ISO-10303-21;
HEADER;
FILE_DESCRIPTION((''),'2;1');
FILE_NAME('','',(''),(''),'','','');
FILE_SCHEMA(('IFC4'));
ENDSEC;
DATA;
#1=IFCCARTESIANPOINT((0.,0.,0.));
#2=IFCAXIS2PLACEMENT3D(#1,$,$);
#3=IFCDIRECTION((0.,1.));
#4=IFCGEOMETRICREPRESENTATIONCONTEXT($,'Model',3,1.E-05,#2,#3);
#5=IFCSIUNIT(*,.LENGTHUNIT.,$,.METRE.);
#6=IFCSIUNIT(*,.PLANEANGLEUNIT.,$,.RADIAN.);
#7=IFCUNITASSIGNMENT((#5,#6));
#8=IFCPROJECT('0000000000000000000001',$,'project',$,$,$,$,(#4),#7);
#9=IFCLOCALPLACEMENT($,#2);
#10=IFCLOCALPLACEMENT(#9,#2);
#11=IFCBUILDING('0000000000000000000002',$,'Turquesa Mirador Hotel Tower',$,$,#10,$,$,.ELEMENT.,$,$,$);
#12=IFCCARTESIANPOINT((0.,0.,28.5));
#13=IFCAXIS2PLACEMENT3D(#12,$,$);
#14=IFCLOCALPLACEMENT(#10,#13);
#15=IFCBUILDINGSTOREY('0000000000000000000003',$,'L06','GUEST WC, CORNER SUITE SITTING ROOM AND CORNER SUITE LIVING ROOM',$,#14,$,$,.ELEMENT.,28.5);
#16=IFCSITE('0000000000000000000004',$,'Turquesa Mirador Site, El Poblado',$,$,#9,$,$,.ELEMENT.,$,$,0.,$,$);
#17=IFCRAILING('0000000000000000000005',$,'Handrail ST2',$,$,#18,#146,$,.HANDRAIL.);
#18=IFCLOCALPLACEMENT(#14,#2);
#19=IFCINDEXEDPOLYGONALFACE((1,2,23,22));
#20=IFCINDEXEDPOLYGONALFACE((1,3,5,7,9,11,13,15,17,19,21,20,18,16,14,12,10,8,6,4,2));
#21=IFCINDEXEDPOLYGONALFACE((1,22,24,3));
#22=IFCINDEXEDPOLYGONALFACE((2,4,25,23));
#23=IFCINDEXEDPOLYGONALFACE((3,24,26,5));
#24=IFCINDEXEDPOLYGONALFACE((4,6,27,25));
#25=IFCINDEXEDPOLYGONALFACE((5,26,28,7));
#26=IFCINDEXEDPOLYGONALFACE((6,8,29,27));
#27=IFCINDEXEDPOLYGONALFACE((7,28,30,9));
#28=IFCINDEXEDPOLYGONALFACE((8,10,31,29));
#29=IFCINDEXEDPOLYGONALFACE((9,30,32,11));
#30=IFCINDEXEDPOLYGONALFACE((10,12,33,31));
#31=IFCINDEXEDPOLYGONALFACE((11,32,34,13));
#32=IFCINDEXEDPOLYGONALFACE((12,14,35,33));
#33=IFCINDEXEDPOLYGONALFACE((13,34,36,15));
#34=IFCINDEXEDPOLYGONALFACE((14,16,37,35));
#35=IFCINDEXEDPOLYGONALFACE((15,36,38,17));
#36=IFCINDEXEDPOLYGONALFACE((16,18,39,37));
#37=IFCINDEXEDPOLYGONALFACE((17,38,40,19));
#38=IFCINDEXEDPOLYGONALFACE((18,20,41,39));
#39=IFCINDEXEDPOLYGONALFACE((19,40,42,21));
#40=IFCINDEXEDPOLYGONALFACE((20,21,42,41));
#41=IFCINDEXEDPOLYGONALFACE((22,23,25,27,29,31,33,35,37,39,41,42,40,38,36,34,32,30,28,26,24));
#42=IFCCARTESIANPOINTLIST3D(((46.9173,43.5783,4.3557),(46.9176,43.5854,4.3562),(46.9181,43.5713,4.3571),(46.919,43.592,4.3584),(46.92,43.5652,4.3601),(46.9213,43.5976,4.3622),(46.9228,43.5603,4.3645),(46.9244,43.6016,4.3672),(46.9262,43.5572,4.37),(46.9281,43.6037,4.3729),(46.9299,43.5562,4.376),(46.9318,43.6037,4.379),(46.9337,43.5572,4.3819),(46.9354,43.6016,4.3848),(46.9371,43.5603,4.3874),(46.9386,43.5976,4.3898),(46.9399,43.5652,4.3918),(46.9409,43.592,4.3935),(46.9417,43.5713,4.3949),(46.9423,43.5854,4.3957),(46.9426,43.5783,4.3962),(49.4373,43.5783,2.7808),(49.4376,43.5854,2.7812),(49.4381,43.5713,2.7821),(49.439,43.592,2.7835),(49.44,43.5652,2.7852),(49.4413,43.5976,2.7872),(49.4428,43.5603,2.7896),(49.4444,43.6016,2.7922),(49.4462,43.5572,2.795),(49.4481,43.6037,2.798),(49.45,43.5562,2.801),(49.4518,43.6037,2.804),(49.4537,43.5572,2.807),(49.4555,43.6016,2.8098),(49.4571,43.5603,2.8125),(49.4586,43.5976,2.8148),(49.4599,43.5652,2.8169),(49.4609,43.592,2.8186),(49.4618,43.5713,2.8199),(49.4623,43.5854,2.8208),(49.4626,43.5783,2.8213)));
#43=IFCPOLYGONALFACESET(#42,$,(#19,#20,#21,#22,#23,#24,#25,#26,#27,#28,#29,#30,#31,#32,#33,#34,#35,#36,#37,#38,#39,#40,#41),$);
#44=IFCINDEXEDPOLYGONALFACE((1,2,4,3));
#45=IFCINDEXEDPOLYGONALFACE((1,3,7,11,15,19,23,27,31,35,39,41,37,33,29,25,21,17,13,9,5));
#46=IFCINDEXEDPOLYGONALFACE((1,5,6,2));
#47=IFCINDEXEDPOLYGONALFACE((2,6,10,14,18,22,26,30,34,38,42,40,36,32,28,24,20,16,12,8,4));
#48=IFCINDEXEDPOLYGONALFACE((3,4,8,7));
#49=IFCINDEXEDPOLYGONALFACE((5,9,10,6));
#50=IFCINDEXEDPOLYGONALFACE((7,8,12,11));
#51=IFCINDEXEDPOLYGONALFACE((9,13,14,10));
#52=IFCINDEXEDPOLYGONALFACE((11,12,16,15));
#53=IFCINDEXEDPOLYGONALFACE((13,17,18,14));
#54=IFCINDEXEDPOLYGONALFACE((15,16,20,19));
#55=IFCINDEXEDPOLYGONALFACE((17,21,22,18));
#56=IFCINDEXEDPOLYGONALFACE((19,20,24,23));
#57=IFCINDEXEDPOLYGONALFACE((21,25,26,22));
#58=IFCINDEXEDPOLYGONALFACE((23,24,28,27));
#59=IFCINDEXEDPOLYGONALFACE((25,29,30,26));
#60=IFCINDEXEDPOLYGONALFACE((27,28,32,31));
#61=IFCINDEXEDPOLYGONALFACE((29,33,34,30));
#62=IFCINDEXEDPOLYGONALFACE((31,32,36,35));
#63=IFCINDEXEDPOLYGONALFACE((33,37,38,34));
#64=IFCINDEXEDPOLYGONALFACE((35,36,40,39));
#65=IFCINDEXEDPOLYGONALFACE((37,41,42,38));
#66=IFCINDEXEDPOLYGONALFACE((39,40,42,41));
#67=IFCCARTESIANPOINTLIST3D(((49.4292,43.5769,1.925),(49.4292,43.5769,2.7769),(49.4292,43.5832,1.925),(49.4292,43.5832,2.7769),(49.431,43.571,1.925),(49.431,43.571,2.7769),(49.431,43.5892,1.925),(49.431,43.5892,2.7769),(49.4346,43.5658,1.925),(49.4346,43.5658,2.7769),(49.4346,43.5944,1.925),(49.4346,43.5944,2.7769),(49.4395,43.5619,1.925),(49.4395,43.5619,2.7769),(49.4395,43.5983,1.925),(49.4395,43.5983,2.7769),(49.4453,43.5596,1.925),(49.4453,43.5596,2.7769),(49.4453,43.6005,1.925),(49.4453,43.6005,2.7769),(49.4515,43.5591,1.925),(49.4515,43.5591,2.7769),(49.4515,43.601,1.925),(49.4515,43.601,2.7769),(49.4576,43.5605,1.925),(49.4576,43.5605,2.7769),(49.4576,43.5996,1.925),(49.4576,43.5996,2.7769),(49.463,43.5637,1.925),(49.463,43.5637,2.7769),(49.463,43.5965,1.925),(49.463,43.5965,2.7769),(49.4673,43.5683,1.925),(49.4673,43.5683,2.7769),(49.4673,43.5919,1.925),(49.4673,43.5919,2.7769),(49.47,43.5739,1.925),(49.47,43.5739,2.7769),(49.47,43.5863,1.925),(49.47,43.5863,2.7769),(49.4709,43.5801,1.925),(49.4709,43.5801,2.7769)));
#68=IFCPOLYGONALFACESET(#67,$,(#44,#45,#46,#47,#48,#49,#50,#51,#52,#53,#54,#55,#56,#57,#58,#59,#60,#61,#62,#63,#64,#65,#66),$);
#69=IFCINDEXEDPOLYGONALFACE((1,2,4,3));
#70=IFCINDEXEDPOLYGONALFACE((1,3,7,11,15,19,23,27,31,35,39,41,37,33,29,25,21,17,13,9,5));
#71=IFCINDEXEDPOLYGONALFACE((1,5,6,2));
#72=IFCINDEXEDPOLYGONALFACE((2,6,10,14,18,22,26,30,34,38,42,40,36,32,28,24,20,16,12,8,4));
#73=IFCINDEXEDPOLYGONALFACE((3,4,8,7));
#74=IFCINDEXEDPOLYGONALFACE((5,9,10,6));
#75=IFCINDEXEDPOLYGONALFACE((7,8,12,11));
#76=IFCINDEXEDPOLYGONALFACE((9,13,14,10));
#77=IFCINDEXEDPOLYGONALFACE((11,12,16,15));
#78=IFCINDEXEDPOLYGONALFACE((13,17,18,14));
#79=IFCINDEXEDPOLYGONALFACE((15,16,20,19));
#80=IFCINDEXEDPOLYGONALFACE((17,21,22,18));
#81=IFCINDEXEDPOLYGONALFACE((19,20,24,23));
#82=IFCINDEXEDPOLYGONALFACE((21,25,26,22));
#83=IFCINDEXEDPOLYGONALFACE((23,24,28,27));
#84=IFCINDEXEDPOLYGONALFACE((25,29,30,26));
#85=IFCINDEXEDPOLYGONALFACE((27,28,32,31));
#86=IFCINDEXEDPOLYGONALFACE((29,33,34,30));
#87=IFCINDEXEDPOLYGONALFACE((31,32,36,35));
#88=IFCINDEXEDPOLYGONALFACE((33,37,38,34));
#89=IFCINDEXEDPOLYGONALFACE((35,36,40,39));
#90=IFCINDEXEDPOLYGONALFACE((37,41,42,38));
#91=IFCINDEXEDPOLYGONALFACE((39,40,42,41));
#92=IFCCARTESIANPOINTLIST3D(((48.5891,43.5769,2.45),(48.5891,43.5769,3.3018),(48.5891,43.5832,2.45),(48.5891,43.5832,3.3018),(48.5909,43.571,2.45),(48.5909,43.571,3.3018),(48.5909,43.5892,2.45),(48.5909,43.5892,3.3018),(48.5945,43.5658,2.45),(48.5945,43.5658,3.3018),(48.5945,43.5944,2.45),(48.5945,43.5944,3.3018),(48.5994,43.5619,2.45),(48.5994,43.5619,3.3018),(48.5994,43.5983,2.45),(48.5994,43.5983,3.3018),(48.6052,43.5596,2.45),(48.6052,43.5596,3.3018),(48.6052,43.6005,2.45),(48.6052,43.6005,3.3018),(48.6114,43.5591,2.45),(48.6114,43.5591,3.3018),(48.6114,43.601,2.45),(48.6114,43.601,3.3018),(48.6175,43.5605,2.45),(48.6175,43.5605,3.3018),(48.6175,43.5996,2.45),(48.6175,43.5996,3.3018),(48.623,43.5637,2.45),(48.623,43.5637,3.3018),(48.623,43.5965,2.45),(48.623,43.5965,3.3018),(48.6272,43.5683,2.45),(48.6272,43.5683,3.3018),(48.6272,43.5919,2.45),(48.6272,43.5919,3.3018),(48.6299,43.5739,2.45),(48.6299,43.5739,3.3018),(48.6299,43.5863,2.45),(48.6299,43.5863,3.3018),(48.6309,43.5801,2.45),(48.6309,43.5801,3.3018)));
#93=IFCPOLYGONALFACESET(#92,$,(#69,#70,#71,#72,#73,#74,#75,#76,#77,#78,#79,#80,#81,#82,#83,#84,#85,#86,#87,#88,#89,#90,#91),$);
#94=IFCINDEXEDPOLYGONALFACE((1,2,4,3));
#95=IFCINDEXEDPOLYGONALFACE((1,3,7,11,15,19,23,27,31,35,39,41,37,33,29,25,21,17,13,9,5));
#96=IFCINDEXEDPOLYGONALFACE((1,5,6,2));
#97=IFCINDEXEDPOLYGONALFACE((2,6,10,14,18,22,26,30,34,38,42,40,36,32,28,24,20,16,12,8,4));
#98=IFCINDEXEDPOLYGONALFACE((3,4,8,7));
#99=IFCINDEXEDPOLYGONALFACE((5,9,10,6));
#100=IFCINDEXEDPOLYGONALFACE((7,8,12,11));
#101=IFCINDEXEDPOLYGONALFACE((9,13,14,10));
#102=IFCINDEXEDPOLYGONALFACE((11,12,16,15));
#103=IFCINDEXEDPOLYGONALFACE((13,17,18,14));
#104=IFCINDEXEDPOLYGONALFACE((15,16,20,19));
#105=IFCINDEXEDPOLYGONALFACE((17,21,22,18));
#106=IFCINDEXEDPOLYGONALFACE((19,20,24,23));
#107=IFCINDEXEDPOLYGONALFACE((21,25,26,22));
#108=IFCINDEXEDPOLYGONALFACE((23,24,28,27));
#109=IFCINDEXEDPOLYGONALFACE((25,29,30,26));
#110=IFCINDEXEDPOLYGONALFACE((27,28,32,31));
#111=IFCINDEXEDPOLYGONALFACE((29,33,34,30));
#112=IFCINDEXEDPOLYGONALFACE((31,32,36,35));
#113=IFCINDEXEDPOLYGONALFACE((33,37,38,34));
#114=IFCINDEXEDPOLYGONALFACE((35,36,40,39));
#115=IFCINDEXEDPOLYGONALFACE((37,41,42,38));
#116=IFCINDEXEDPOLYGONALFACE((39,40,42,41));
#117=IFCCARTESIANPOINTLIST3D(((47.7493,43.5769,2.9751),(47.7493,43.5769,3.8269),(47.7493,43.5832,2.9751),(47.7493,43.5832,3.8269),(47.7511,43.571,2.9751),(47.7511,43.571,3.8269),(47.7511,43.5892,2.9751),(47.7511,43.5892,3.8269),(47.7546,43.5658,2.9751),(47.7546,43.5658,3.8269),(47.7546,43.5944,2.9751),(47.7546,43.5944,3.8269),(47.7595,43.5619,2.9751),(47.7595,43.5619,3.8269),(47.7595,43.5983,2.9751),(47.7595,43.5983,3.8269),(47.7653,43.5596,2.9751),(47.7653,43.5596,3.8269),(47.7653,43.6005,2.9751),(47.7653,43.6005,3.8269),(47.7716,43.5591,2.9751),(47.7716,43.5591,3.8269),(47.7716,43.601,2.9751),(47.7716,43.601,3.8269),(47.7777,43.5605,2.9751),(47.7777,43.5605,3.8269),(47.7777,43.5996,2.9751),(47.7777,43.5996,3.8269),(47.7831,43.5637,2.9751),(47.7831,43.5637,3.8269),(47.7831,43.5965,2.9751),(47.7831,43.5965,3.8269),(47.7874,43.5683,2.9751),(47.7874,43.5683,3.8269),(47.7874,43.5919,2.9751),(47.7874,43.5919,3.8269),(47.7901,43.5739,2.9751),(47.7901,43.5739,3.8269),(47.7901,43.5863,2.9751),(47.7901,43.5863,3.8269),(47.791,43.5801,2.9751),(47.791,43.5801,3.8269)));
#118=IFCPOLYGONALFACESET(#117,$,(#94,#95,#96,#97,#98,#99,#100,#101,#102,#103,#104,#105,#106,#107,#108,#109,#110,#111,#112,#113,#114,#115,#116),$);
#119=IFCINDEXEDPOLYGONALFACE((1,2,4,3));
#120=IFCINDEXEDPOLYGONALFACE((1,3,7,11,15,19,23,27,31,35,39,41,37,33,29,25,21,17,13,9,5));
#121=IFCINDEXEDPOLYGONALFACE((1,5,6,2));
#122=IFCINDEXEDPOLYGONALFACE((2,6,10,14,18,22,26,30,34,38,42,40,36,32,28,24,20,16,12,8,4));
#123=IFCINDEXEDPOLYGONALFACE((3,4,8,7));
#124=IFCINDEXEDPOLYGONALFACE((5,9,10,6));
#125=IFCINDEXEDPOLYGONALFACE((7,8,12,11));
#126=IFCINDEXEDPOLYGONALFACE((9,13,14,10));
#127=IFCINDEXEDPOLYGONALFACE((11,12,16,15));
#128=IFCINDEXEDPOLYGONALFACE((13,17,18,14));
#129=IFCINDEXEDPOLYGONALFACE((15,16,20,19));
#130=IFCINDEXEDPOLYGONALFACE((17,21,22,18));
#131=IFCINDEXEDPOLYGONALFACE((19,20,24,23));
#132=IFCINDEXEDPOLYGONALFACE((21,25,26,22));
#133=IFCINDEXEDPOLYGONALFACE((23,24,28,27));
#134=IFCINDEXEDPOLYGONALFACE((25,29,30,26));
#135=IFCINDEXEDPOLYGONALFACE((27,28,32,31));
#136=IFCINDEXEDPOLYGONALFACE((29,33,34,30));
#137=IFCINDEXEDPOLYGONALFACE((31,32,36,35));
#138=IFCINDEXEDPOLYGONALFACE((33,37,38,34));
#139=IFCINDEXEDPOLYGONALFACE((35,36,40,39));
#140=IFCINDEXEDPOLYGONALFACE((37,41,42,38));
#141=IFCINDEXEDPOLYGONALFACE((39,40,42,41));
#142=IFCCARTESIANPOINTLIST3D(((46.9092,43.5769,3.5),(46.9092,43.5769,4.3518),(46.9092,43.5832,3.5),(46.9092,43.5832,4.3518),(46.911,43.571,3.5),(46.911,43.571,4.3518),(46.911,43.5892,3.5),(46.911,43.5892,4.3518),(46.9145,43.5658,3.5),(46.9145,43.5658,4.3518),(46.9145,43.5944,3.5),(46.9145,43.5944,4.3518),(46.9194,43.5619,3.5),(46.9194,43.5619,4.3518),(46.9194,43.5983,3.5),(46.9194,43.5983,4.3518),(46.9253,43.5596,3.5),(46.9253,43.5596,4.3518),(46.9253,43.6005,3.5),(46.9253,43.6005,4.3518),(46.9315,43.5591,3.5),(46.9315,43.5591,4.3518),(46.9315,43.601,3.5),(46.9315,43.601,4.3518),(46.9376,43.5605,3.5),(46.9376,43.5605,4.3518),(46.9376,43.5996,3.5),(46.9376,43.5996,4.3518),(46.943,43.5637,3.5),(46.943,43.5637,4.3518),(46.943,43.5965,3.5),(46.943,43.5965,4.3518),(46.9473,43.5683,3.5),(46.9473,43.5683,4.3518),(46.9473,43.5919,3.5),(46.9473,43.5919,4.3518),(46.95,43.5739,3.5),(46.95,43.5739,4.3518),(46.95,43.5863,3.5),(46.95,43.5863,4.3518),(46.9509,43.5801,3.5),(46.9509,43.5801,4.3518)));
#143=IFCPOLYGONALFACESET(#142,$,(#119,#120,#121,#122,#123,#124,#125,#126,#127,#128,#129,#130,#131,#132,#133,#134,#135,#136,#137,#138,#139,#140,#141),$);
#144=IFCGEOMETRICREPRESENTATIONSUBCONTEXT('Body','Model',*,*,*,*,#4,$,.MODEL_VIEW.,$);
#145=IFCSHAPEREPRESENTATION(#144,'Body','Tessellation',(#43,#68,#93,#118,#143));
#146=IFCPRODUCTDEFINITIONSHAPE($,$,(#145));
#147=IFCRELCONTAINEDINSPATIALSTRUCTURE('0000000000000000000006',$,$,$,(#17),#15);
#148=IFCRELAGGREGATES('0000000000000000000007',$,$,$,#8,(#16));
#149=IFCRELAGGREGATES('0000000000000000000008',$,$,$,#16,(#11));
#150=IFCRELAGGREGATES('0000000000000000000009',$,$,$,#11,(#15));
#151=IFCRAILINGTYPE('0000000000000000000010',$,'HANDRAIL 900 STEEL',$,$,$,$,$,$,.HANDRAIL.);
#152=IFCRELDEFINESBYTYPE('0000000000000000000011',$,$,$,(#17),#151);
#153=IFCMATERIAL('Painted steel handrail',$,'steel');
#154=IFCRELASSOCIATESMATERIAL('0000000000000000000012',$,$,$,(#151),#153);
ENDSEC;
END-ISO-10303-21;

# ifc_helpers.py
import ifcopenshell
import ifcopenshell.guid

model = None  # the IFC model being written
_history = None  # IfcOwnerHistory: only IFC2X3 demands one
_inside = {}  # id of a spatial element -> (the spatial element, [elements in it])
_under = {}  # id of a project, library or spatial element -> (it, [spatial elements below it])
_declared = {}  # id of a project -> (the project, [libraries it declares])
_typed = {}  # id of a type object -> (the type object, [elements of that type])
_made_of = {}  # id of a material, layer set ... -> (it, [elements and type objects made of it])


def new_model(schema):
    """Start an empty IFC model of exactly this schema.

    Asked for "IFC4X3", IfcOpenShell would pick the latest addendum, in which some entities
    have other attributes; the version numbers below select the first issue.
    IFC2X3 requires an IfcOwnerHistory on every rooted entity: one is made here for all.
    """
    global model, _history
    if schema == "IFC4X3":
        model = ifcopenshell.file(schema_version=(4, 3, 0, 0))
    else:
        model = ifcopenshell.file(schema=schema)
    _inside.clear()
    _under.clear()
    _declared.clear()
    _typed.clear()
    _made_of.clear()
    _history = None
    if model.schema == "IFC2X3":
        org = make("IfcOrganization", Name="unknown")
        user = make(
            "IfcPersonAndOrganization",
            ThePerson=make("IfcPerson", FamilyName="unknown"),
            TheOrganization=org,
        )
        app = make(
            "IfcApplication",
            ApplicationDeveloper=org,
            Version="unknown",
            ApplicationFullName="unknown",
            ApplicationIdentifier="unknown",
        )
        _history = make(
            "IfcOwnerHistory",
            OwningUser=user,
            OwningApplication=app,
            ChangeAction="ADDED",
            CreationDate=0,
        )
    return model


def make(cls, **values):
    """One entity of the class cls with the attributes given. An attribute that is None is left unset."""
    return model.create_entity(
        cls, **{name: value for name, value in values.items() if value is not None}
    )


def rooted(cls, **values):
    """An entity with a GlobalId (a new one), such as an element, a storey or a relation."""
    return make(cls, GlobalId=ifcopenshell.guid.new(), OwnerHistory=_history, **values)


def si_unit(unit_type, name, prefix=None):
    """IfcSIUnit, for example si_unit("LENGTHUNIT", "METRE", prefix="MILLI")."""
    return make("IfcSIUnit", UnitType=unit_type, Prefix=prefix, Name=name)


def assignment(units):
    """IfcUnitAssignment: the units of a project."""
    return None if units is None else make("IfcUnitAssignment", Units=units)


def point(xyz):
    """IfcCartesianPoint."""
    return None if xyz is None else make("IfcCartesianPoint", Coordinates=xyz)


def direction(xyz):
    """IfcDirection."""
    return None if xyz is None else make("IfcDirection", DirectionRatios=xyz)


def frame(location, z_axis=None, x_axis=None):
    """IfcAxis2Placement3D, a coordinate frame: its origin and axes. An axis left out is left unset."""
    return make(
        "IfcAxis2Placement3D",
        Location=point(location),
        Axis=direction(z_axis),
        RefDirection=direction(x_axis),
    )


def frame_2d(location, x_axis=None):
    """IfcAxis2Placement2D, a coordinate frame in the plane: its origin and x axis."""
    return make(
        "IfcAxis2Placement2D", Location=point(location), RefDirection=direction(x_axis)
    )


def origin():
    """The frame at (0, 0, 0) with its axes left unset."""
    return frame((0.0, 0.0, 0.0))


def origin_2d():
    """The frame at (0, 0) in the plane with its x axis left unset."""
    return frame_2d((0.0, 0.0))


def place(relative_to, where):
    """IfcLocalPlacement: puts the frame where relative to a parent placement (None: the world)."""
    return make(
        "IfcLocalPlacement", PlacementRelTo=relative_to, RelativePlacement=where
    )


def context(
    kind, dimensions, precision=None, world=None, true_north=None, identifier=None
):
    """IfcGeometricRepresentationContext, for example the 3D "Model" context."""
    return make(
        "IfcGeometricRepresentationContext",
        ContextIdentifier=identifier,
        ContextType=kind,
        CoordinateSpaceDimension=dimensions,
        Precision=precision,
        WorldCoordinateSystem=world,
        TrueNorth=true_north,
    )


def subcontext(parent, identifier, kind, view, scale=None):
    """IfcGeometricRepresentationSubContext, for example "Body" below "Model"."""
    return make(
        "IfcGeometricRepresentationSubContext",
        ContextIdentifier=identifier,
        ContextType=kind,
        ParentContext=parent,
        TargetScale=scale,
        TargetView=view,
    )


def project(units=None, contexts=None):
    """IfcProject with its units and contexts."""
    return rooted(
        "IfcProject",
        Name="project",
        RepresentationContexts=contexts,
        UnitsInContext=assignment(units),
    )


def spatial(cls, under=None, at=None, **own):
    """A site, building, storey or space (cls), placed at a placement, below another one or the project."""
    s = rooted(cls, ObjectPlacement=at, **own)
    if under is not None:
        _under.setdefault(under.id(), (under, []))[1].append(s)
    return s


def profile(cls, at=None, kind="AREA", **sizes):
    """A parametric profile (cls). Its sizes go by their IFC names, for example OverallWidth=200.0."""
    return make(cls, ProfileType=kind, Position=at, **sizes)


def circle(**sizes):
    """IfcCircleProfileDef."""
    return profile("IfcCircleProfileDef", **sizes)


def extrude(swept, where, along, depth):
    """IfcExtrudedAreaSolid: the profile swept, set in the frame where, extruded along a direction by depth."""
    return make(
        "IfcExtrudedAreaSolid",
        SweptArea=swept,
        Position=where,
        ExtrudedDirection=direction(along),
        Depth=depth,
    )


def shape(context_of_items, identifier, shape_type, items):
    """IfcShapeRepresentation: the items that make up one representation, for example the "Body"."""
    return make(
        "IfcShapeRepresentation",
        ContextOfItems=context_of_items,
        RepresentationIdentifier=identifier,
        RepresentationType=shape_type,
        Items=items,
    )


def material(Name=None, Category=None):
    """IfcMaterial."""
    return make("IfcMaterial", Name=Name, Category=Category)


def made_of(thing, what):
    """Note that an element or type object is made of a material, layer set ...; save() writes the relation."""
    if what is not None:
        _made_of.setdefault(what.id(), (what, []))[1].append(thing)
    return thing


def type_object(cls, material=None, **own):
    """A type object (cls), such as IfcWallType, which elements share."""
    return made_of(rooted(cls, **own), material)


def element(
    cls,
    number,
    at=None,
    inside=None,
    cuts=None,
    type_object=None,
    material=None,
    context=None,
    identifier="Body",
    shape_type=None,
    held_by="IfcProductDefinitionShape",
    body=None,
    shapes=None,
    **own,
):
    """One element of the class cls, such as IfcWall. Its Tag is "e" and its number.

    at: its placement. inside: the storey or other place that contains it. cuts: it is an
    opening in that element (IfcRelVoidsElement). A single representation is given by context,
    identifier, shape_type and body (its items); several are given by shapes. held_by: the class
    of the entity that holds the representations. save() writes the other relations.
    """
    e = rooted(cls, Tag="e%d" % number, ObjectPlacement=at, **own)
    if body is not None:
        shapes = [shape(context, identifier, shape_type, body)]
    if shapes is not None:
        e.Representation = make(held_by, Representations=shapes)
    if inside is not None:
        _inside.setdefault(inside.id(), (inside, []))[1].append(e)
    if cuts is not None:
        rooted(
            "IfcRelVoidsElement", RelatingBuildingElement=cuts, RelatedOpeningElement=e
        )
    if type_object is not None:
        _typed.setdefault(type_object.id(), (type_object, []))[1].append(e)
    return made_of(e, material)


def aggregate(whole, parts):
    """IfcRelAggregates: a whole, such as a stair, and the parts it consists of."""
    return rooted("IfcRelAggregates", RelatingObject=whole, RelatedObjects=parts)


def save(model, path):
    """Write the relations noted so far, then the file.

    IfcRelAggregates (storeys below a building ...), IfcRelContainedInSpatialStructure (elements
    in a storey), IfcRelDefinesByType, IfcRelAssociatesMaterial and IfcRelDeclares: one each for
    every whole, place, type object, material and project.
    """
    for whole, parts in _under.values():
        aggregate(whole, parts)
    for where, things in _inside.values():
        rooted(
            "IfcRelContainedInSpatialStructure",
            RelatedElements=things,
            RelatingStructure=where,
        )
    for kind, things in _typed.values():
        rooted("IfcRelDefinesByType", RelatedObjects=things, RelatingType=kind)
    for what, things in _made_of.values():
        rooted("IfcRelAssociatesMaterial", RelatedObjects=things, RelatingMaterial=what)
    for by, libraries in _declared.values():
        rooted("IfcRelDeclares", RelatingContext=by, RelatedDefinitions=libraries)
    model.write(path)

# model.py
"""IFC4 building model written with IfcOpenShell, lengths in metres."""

from ifc_helpers import new_model, si_unit, direction, frame, origin, origin_2d, place, context, subcontext, project, spatial, circle, extrude, material, type_object, element, save


model = new_model("IFC4")

# Units and contexts
model_context = context("Model", 3, precision=1e-05, world=origin(), true_north=direction((0.0, 1.0)))
body_context = subcontext(model_context, "Body", "Model", "MODEL_VIEW")
ifc_project = project(units=[si_unit("LENGTHUNIT", "METRE"), si_unit("PLANEANGLEUNIT", "RADIAN")], contexts=[model_context])

# Site, building, storey
site_placement = place(None, origin())
site = spatial("IfcSite", under=ifc_project, at=site_placement, Name="Turquesa Mirador Site, El Poblado", CompositionType="ELEMENT", RefElevation=0.0)
building_placement = place(site_placement, origin())
building = spatial("IfcBuilding", under=site, at=building_placement, Name="Turquesa Mirador Hotel Tower", CompositionType="ELEMENT")
storey_placement = place(building_placement, frame((0.0, 0.0, 28.5)))
storey = spatial("IfcBuildingStorey", under=building, at=storey_placement, Name="L06", Description="GUEST WC, CORNER SUITE SITTING ROOM AND CORNER SUITE LIVING ROOM", CompositionType="ELEMENT", Elevation=28.5)

# Railing
ifc_material_1 = material(Name="Painted steel handrail", Category="steel")
railing_type = type_object("IfcRailingType", Name="HANDRAIL 900 STEEL", PredefinedType="HANDRAIL", material=ifc_material_1)
railing_1_placement = place(storey_placement, frame((49.45, 43.5801, 1.925)))
element("IfcRailing", 1, at=railing_1_placement, inside=storey, type_object=railing_type, Name="Handrail ST2", PredefinedType="HANDRAIL", context=body_context, shape_type="SweptSolid", body=[
    extrude(circle(Radius=0.0239, at=origin_2d()), frame((0.0, 0.0, 0.876), z_axis=(-0.848008, 0.0, 0.529984), x_axis=(0.0, -1.0, 0.0)), (0.0, 0.0, 1.0), 2.9717),
    extrude(circle(Radius=0.021, at=origin_2d()), origin(), (0.0, 0.0, 1.0), 0.8518),
    extrude(circle(Radius=0.021, at=origin_2d()), frame((-0.8401, 0.0, 0.5249)), (0.0, 0.0, 1.0), 0.8518),
    extrude(circle(Radius=0.021, at=origin_2d()), frame((-1.6799, 0.0, 1.05)), (0.0, 0.0, 1.0), 0.8518),
    extrude(circle(Radius=0.021, at=origin_2d()), frame((-2.52, 0.0, 1.575)), (0.0, 0.0, 1.0), 0.8518),
])

save(model, "model.ifc")
